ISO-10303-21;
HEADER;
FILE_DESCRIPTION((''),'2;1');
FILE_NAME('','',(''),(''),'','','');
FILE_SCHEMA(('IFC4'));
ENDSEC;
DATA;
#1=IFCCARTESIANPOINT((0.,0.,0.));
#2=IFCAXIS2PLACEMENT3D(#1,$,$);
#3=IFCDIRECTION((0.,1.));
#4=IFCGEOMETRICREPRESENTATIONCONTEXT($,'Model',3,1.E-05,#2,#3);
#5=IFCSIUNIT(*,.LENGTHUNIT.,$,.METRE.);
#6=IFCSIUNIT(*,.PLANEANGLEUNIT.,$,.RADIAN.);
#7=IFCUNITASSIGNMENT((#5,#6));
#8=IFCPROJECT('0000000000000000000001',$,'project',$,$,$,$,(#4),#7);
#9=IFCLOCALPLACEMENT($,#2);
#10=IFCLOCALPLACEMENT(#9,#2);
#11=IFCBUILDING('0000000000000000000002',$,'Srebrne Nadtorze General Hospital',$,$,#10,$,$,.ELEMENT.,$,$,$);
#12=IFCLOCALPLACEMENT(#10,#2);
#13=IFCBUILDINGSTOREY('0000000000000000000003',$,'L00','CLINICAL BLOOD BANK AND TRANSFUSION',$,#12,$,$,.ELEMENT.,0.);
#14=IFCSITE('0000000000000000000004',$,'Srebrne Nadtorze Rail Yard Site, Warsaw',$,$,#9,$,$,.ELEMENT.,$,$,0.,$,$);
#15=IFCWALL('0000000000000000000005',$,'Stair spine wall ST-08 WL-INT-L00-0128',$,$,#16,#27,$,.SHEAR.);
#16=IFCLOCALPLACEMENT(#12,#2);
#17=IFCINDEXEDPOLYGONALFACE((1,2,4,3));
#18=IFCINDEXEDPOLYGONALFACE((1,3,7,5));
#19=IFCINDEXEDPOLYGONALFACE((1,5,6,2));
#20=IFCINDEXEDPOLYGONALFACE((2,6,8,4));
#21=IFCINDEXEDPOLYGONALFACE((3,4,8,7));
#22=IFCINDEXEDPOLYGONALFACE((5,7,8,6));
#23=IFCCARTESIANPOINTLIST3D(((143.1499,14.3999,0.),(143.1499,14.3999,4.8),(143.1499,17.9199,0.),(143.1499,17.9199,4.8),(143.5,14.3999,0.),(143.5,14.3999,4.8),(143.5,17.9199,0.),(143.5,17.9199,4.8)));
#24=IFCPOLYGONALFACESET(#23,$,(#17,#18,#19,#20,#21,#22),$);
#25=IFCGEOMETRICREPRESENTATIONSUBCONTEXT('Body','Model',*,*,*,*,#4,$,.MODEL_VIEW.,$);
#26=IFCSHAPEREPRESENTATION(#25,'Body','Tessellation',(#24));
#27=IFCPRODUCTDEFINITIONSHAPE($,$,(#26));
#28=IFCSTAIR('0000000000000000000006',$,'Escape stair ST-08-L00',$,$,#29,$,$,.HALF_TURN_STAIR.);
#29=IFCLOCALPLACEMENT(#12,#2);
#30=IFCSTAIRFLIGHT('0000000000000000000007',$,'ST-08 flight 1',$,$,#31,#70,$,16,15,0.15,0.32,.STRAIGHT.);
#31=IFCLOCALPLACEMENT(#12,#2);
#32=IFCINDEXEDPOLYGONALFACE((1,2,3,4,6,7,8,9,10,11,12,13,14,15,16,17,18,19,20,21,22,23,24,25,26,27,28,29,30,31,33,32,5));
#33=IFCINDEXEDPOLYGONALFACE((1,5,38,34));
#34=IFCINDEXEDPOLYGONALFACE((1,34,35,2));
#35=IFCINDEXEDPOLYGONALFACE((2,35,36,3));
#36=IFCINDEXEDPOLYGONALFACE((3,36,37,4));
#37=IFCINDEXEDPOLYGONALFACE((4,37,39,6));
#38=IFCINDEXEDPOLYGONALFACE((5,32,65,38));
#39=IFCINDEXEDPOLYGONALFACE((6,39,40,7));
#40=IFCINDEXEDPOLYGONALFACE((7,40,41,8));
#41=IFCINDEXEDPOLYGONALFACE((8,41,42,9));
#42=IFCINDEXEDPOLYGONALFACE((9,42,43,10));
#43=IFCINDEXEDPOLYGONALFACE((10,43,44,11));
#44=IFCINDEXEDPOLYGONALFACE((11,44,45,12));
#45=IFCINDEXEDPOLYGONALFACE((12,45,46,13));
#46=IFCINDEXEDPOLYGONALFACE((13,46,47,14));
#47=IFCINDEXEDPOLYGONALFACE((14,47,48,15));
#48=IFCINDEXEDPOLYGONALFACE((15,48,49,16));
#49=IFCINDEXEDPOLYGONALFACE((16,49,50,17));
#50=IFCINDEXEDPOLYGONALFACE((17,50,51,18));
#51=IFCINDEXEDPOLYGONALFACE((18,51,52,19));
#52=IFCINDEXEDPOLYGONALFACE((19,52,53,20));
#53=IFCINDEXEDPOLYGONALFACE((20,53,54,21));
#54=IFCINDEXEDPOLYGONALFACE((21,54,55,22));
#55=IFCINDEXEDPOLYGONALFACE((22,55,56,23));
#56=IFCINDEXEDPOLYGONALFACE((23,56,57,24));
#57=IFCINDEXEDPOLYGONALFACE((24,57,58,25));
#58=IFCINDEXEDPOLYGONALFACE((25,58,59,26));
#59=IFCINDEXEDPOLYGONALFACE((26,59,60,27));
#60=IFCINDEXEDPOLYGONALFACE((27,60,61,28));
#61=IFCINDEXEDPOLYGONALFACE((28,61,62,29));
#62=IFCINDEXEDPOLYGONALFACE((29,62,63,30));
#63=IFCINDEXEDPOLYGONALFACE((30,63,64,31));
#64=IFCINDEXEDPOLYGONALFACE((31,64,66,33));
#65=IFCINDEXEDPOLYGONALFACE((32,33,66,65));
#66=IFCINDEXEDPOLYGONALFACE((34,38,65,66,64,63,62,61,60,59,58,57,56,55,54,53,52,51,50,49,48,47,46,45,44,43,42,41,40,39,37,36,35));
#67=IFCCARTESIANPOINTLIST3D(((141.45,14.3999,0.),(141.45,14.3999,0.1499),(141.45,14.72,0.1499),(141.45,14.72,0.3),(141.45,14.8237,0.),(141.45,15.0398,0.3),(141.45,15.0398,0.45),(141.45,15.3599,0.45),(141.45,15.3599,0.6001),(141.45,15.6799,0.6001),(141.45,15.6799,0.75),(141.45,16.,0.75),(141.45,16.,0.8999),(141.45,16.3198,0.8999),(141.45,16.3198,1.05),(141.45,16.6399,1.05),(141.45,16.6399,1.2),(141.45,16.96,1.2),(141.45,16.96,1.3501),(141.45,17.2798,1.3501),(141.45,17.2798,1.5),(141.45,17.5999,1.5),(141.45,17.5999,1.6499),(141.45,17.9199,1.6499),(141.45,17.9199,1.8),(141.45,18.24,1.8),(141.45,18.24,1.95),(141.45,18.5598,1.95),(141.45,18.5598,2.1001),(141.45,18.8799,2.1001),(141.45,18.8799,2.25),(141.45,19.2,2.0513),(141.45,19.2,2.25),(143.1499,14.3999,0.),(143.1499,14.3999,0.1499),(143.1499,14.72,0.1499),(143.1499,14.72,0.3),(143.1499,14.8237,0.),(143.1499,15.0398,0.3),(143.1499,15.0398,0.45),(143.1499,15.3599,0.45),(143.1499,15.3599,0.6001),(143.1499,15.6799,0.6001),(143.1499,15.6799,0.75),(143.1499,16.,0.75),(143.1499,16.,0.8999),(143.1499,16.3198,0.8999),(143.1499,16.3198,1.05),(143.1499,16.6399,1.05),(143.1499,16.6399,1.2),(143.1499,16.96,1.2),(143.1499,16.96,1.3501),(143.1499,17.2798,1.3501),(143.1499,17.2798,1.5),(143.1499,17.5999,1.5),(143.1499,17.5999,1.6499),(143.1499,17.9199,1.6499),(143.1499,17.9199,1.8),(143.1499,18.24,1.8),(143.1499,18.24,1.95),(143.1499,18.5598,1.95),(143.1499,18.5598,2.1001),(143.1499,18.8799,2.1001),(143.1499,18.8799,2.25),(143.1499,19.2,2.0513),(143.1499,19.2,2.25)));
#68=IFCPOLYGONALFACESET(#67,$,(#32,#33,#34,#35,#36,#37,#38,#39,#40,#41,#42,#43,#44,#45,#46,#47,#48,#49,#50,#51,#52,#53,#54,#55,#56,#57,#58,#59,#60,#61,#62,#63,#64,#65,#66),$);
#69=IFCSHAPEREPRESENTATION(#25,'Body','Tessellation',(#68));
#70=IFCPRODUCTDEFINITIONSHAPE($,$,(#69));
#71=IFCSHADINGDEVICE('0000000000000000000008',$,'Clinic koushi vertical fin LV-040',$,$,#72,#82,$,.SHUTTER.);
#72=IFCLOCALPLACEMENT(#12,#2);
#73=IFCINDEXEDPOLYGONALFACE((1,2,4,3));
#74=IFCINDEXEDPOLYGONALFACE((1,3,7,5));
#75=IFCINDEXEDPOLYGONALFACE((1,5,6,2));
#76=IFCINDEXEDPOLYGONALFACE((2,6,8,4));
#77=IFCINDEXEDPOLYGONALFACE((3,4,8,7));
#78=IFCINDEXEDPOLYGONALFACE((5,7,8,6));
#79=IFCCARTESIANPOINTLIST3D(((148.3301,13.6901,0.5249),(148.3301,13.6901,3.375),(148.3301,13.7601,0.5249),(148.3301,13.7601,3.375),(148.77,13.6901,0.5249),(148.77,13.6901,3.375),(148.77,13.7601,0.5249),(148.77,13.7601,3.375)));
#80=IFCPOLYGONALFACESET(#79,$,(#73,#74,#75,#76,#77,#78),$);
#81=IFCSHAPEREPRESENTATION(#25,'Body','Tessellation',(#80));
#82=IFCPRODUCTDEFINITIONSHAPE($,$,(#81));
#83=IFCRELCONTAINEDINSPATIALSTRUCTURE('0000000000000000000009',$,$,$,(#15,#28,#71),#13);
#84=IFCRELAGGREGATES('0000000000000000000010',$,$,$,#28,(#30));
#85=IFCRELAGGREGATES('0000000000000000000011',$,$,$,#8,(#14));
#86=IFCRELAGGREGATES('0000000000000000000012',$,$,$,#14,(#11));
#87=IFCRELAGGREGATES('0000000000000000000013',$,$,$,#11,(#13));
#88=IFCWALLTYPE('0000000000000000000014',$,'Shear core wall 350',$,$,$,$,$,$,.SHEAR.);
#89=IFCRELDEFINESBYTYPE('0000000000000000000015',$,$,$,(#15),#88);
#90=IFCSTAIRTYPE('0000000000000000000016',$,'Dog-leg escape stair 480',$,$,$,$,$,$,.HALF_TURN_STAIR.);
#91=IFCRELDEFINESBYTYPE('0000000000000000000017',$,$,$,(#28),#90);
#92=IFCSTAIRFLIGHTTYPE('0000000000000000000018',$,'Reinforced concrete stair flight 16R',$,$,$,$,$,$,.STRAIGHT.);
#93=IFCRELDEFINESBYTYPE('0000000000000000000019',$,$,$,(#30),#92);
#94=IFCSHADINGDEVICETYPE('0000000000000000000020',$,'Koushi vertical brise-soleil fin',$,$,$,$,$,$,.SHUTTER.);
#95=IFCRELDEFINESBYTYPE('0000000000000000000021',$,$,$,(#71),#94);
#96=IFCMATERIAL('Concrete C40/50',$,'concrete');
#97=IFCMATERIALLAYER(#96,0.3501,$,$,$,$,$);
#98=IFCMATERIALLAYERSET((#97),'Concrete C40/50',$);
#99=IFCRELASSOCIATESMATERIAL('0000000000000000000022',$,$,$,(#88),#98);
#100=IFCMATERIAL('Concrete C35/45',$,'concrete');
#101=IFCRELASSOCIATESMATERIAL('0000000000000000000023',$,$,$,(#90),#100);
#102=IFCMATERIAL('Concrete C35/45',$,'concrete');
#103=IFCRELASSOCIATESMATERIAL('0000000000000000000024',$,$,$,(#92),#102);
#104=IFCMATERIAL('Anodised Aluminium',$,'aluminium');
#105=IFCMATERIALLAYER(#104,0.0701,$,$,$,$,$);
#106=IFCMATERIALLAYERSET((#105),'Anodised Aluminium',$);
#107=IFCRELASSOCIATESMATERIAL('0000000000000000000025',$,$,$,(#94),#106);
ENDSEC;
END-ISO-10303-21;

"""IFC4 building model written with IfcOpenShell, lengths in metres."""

from ifc_helpers import new_model, si_unit, direction, frame, frame_2d, origin, origin_2d, place, context, subcontext, project, spatial, polyline, rectangle, outline, extrude, material, layer, layer_set, type_object, element, aggregate, save


model = new_model("IFC4")

# Units and contexts
model_context = context("Model", 3, precision=1e-05, world=origin(), true_north=direction((0.0, 1.0)))
body_context = subcontext(model_context, "Body", "Model", "MODEL_VIEW")
ifc_project = project(units=[si_unit("LENGTHUNIT", "METRE"), si_unit("PLANEANGLEUNIT", "RADIAN")], contexts=[model_context])

# Site, building, storey
site_placement = place(None, origin())
site = spatial("IfcSite", under=ifc_project, at=site_placement, Name="Srebrne Nadtorze Rail Yard Site, Warsaw", CompositionType="ELEMENT", RefElevation=0.0)
building_placement = place(site_placement, origin())
building = spatial("IfcBuilding", under=site, at=building_placement, Name="Srebrne Nadtorze General Hospital", CompositionType="ELEMENT")
storey_placement = place(building_placement, origin())
storey = spatial("IfcBuildingStorey", under=building, at=storey_placement, Name="L00", Description="CLINICAL BLOOD BANK AND TRANSFUSION", CompositionType="ELEMENT", Elevation=0.0)

# Shared definitions
ifc_material_1 = material(Name="Concrete C40/50", Category="concrete")
ifc_layer_1 = layer(ifc_material_1, 0.3501)
ifc_layer_set_1 = layer_set([ifc_layer_1], Name="Concrete C40/50")
wall_type_1 = type_object("IfcWallType", Name="Shear core wall 350", PredefinedType="SHEAR", material=ifc_layer_set_1)

# Wall
wall_1_placement = place(storey_placement, frame((143.325, 14.3999, 0.0), z_axis=(0.0, 0.0, 1.0), x_axis=(0.0, 1.0, 0.0)))
element("IfcWall", 1, at=wall_1_placement, inside=storey, type_object=wall_type_1, Name="Stair spine wall ST-08 WL-INT-L00-0128", PredefinedType="SHEAR", context=body_context, shape_type="SweptSolid", body=[
    extrude(rectangle(XDim=3.52, YDim=0.3501, at=frame_2d((1.76, 0.0))), origin(), (0.0, 0.0, 1.0), 4.8),
])

# Stair, stair flight
ifc_material_2 = material(Name="Concrete C35/45", Category="concrete")
stair_type = type_object("IfcStairType", Name="Dog-leg escape stair 480", PredefinedType="HALF_TURN_STAIR", material=ifc_material_2)
stair_placement = place(storey_placement, origin())
stair = element("IfcStair", 2, at=stair_placement, inside=storey, type_object=stair_type, Name="Escape stair ST-08-L00", PredefinedType="HALF_TURN_STAIR")
ifc_material_3 = material(Name="Concrete C35/45", Category="concrete")
stair_flight_type = type_object("IfcStairFlightType", Name="Reinforced concrete stair flight 16R", PredefinedType="STRAIGHT", material=ifc_material_3)
stair_flight_placement = place(storey_placement, frame((142.3, 14.3999, 0.0), z_axis=(0.0, 0.0, 1.0), x_axis=(0.0, 1.0, 0.0)))
stair_flight = element("IfcStairFlight", 3, at=stair_flight_placement, type_object=stair_flight_type, Name="ST-08 flight 1", NumberOfRisers=16, NumberOfTreads=15, PredefinedType="STRAIGHT", RiserHeight=0.15, TreadLength=0.32, context=body_context, shape_type="SweptSolid", body=[
    extrude(outline(polyline([(0.0, 0.0), (0.0, 0.1499), (0.3201, 0.1499), (0.3201, 0.3), (0.6399, 0.3), (0.6399, 0.45), (0.96, 0.45), (0.96, 0.6001), (1.28, 0.6001), (1.28, 0.75), (1.6001, 0.75), (1.6001, 0.8999), (1.9199, 0.8999), (1.9199, 1.05), (2.24, 1.05), (2.24, 1.2), (2.5601, 1.2), (2.5601, 1.3501), (2.8799, 1.3501), (2.8799, 1.5), (3.2, 1.5), (3.2, 1.6499), (3.52, 1.6499), (3.52, 1.8), (3.8401, 1.8), (3.8401, 1.95), (4.1599, 1.95), (4.1599, 2.1001), (4.48, 2.1001), (4.48, 2.25), (4.8, 2.25), (4.8, 2.3999), (4.8, 2.0513), (0.4238, 0.0), (0.0, 0.0)])), frame((0.0, 0.8501, 0.0), z_axis=(0.0, -1.0, 0.0), x_axis=(1.0, 0.0, 0.0)), (0.0, 0.0, 1.0), 1.7),
])
aggregate(stair, [stair_flight])

# Shading device
ifc_material_4 = material(Name="Anodised Aluminium", Category="aluminium")
ifc_layer_2 = layer(ifc_material_4, 0.0701)
ifc_layer_set_2 = layer_set([ifc_layer_2], Name="Anodised Aluminium")
shading_device_type = type_object("IfcShadingDeviceType", Name="Koushi vertical brise-soleil fin", PredefinedType="SHUTTER", material=ifc_layer_set_2)
shading_device_placement = place(storey_placement, frame((148.55, 13.7251, 0.5249), z_axis=(0.0, 0.0, 1.0), x_axis=(1.0, 0.0, 0.0)))
element("IfcShadingDevice", 4, at=shading_device_placement, inside=storey, type_object=shading_device_type, Name="Clinic koushi vertical fin LV-040", PredefinedType="SHUTTER", context=body_context, shape_type="SweptSolid", body=[
    extrude(rectangle(XDim=0.4399, YDim=0.0701, at=origin_2d()), origin(), (0.0, 0.0, 1.0), 2.8501),
])

save(model, "model.ifc")
